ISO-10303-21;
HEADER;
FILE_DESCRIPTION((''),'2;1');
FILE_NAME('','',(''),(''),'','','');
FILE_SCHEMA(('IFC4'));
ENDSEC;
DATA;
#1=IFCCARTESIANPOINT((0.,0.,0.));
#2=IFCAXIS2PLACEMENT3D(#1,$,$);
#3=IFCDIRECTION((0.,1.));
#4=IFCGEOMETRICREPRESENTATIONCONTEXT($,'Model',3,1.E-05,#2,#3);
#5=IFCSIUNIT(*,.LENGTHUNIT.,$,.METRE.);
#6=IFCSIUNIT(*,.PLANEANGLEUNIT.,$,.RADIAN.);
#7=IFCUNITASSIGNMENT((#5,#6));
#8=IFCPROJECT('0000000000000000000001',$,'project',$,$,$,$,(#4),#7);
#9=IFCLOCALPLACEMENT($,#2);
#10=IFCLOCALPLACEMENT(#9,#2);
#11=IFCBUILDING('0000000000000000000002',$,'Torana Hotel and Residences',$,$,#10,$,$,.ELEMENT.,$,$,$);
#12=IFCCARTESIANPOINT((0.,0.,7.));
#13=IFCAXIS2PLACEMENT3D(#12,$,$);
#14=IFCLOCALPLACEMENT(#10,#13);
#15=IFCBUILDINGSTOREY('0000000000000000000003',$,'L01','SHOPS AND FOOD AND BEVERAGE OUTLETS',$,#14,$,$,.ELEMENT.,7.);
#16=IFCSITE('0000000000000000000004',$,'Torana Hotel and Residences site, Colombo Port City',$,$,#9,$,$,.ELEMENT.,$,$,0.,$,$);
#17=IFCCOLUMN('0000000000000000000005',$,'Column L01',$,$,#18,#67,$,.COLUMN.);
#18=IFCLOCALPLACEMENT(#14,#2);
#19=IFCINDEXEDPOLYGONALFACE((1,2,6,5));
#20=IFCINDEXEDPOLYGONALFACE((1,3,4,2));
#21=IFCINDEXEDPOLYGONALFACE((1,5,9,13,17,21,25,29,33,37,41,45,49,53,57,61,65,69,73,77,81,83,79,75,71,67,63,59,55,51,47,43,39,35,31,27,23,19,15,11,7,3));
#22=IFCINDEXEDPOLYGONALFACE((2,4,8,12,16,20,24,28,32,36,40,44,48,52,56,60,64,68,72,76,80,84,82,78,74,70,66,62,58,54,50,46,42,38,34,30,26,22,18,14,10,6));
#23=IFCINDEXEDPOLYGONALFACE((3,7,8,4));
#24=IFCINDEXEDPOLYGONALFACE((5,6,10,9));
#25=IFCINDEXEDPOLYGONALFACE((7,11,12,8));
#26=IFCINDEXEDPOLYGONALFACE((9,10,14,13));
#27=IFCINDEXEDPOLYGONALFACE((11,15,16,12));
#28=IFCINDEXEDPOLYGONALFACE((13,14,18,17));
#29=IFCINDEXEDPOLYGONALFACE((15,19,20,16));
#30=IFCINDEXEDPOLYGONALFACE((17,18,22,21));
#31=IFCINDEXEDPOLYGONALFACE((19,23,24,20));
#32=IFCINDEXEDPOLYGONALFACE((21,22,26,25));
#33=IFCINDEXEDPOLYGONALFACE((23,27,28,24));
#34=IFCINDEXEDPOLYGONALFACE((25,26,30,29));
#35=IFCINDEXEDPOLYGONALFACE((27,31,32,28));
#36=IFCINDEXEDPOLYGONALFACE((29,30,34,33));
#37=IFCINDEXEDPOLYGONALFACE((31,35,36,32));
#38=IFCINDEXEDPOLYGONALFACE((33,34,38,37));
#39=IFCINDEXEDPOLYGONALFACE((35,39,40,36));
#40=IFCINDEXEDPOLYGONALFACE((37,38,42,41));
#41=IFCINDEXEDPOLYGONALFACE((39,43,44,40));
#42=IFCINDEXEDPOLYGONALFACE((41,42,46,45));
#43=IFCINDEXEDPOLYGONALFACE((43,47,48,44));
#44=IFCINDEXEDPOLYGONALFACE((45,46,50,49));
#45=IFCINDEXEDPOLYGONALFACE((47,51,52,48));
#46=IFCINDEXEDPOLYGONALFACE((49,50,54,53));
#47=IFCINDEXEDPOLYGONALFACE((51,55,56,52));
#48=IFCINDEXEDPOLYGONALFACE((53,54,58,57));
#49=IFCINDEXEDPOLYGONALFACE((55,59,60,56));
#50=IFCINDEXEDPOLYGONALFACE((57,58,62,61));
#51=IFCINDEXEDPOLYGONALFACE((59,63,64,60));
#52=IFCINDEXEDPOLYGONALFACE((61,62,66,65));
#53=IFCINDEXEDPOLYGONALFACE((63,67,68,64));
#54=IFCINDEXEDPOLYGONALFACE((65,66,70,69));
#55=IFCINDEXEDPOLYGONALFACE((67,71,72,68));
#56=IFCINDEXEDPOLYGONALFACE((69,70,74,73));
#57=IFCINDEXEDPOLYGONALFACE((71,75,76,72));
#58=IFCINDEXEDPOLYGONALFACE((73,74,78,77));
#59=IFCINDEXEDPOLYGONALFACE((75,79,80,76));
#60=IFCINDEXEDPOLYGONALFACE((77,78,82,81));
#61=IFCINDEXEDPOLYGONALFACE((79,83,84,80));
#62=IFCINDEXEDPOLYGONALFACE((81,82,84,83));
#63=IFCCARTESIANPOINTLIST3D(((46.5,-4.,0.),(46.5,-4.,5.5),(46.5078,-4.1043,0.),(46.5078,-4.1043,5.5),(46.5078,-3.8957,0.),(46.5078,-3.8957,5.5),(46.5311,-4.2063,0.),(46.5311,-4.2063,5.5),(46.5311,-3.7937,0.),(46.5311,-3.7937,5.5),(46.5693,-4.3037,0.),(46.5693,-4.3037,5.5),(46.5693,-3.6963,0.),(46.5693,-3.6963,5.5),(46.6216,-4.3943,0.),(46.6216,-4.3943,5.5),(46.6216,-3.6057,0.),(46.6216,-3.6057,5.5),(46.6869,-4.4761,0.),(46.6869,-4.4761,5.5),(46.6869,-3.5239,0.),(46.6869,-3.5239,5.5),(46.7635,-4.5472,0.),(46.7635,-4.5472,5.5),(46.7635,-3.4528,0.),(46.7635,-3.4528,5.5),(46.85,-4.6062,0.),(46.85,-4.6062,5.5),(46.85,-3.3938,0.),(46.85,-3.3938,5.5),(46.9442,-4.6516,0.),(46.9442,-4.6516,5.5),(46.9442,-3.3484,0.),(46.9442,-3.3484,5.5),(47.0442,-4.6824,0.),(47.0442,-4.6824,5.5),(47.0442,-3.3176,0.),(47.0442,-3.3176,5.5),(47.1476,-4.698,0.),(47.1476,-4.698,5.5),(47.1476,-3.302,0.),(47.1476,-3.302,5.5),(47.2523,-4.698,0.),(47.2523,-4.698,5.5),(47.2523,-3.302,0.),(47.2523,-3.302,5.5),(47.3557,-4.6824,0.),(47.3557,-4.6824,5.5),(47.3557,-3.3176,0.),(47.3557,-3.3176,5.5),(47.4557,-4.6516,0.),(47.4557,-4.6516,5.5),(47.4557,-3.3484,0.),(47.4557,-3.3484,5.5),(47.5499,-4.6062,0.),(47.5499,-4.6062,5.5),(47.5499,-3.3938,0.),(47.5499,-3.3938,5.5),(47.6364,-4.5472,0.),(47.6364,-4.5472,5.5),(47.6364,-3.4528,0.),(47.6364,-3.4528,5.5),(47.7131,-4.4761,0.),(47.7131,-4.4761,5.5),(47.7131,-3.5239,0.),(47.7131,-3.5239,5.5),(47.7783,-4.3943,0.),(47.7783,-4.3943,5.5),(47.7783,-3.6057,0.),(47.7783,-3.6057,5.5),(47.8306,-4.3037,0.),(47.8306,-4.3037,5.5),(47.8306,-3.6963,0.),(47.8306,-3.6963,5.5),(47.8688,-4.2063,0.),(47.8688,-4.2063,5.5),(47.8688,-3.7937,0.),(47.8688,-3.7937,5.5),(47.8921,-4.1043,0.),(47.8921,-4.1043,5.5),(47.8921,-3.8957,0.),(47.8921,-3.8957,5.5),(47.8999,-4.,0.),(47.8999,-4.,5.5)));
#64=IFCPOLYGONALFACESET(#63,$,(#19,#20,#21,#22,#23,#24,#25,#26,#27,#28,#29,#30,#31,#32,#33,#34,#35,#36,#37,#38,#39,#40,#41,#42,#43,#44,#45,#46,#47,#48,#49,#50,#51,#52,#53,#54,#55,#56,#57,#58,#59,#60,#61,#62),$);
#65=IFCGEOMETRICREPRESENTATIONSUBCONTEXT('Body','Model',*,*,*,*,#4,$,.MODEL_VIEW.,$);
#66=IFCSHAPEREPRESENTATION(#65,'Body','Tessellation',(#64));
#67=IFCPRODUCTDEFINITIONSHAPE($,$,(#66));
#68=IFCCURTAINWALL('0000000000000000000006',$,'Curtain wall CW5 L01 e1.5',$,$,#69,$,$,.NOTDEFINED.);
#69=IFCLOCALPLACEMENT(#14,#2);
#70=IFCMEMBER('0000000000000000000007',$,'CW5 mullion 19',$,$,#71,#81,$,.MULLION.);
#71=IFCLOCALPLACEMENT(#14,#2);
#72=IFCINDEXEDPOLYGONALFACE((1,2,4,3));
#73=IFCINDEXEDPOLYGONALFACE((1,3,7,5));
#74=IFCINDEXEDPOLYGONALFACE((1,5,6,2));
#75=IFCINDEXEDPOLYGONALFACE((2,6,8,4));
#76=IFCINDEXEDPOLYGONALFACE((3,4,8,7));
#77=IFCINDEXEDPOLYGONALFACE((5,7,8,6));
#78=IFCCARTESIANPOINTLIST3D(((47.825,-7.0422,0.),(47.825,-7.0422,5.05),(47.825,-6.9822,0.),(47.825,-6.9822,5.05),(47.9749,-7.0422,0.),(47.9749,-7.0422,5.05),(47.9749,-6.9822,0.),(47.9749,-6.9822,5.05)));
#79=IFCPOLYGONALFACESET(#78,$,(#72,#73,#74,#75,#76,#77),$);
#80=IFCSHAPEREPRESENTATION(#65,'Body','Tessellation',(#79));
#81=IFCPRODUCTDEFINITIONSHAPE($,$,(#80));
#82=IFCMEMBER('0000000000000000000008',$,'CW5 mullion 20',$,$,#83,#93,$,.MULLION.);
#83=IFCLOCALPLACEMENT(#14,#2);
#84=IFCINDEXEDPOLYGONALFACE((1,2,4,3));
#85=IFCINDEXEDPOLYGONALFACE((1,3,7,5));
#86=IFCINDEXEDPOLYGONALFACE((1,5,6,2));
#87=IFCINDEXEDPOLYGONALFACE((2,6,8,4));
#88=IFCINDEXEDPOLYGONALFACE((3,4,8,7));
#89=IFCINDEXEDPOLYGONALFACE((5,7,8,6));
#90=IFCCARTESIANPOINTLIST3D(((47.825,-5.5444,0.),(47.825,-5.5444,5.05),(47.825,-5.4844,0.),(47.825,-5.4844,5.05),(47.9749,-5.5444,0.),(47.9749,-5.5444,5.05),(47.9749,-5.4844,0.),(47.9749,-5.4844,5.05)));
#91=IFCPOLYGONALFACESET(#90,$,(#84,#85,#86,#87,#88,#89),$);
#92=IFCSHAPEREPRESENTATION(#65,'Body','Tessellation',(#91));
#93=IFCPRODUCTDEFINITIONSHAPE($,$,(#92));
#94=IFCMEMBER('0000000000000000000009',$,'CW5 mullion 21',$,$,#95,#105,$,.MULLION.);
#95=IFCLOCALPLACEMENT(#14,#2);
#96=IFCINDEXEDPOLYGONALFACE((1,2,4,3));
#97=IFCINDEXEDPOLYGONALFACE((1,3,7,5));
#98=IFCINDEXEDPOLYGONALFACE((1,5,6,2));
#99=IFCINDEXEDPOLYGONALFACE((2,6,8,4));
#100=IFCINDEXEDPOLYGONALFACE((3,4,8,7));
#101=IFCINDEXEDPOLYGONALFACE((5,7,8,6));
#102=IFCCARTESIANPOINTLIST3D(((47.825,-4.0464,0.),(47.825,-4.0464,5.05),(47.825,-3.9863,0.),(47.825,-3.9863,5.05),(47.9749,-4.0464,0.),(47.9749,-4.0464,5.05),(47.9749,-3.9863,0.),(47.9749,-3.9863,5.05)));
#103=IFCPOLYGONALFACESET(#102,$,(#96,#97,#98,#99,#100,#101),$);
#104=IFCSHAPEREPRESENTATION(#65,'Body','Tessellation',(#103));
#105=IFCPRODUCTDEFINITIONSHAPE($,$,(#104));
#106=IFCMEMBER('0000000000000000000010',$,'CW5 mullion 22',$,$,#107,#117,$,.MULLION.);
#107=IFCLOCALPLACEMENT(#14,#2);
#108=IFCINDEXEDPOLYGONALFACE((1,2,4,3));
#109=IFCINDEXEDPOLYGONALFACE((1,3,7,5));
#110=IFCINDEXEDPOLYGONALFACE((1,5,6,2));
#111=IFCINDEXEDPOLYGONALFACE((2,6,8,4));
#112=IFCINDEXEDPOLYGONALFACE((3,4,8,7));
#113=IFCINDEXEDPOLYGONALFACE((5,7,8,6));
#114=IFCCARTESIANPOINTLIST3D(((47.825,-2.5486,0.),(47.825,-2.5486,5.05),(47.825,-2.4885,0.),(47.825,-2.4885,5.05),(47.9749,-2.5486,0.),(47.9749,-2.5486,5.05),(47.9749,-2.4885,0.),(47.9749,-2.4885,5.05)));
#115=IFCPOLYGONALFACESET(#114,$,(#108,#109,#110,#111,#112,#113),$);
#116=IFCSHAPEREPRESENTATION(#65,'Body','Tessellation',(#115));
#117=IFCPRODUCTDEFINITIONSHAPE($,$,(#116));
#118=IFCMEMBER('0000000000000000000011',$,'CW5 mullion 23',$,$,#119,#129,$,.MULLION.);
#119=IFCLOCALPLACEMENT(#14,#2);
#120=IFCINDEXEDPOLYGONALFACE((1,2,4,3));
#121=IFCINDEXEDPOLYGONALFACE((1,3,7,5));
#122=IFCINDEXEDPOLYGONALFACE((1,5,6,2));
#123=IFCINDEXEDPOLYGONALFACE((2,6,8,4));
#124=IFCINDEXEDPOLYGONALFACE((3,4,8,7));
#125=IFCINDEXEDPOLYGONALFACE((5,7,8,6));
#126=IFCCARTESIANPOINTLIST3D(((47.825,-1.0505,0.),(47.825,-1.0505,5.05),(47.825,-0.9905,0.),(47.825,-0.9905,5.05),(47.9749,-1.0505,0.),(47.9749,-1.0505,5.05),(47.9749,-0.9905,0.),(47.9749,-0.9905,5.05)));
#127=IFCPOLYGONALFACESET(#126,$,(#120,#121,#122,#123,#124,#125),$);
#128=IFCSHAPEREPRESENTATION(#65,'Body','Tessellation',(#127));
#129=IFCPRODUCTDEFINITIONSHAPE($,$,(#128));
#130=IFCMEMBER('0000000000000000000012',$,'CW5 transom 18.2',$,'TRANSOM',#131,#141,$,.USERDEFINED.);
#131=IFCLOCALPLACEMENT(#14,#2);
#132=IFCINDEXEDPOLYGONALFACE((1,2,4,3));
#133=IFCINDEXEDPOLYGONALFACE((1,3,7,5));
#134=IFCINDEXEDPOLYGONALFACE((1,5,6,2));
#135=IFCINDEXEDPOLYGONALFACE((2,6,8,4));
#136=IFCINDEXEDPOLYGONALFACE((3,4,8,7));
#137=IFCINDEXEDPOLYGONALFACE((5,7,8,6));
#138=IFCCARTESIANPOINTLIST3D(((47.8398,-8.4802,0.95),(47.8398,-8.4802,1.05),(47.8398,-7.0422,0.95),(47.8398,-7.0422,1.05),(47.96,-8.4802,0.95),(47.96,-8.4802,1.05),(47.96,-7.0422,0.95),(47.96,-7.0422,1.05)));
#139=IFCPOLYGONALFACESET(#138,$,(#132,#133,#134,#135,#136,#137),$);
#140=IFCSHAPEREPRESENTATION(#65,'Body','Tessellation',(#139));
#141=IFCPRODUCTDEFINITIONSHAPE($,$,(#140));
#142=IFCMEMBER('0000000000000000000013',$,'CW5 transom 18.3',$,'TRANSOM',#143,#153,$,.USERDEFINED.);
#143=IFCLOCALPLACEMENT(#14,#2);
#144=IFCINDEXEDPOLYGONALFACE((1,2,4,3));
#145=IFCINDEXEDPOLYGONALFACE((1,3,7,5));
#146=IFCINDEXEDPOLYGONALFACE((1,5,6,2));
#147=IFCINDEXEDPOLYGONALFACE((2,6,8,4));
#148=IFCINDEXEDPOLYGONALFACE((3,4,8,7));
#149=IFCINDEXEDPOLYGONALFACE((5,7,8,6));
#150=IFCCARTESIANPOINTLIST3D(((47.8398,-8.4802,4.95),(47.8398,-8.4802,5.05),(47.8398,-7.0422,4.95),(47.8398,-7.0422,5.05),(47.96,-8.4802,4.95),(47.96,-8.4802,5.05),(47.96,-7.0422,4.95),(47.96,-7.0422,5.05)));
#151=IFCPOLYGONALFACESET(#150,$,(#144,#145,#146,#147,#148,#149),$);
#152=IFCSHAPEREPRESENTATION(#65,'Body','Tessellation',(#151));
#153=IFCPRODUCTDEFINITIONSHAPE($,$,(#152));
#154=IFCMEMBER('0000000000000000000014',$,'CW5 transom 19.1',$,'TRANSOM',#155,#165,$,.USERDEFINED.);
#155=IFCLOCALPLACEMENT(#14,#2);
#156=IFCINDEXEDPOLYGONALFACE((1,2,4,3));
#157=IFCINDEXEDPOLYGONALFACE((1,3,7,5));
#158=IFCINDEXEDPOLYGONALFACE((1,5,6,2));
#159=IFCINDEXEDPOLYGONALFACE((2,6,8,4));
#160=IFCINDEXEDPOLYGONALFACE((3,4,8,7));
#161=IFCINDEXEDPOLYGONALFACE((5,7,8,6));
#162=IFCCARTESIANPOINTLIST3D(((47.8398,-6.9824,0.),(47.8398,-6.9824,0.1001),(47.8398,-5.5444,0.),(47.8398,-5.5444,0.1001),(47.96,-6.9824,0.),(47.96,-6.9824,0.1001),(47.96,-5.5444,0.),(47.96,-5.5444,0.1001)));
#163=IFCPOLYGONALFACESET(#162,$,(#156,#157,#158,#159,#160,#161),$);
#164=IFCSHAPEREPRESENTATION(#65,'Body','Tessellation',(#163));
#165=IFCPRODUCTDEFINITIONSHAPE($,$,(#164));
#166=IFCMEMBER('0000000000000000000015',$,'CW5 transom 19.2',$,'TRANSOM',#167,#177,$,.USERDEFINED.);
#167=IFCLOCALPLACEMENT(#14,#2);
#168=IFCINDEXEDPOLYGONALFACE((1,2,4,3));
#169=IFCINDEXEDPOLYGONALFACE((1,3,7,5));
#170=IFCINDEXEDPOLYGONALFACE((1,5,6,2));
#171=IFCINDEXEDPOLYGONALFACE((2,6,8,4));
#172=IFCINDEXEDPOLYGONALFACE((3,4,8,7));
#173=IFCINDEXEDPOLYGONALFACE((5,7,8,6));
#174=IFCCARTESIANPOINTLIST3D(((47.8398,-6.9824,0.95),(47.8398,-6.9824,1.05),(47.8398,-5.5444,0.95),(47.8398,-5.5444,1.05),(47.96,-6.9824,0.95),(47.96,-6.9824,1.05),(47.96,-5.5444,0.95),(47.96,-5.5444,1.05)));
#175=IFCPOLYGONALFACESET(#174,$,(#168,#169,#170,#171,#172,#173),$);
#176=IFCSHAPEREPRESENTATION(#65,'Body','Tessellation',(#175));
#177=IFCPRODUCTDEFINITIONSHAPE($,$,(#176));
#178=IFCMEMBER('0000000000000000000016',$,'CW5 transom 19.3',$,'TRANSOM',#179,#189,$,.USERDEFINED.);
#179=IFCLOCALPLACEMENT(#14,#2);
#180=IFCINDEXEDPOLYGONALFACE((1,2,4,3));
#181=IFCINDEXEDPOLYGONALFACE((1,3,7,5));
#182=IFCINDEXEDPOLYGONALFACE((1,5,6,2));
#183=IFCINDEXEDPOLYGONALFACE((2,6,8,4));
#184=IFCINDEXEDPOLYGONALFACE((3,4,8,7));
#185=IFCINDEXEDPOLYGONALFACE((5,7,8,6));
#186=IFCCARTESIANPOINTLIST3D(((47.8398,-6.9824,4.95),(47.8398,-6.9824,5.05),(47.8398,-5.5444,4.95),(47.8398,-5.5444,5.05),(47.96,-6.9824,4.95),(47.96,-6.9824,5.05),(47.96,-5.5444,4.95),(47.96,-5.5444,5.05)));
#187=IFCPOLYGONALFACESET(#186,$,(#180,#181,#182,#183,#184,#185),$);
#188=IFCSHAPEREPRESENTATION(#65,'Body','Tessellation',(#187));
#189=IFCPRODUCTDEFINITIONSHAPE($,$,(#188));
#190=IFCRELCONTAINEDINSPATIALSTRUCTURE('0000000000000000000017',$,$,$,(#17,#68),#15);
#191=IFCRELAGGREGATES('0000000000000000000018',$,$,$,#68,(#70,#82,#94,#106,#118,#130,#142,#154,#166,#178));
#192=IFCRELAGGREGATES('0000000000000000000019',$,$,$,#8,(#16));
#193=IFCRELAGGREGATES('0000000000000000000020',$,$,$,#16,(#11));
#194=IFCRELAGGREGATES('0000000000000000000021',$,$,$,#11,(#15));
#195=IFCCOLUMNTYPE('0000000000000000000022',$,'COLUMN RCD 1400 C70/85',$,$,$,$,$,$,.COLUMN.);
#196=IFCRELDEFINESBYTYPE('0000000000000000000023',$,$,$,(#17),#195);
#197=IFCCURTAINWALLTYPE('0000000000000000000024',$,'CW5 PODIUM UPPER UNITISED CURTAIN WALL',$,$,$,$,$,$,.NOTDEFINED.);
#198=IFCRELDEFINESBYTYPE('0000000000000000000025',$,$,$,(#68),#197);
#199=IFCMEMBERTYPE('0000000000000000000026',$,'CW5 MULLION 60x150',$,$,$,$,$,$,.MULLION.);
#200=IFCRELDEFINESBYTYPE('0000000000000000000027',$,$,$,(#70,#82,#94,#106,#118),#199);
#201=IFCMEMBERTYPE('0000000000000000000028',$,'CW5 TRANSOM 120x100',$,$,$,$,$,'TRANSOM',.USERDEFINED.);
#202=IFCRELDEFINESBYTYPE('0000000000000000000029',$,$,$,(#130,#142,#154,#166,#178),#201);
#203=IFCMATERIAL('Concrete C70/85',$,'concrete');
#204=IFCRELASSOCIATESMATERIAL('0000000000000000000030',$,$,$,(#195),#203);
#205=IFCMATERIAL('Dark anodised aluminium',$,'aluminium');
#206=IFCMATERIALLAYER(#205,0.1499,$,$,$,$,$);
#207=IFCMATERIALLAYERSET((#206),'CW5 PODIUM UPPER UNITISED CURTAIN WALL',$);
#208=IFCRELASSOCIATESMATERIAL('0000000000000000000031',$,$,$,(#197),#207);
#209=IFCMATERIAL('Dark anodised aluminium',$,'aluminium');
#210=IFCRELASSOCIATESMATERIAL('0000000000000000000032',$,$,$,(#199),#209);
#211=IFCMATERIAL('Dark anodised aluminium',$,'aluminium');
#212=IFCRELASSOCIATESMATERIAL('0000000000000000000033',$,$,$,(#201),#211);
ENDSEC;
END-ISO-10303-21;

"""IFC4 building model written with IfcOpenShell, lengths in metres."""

from ifc_helpers import new_model, si_unit, direction, frame, origin, origin_2d, place, context, subcontext, project, spatial, rectangle, circle, extrude, material, layer, layer_set, material_profile, profile_set, type_object, element, aggregate, save


model = new_model("IFC4")

# Units and contexts
model_context = context("Model", 3, precision=1e-05, world=origin(), true_north=direction((0.0, 1.0)))
body_context = subcontext(model_context, "Body", "Model", "MODEL_VIEW")
ifc_project = project(units=[si_unit("LENGTHUNIT", "METRE"), si_unit("PLANEANGLEUNIT", "RADIAN")], contexts=[model_context])

# Site, building, storey
site_placement = place(None, origin())
site = spatial("IfcSite", under=ifc_project, at=site_placement, Name="Torana Hotel and Residences site, Colombo Port City", CompositionType="ELEMENT", RefElevation=0.0)
building_placement = place(site_placement, origin())
building = spatial("IfcBuilding", under=site, at=building_placement, Name="Torana Hotel and Residences", CompositionType="ELEMENT")
storey_placement = place(building_placement, frame((0.0, 0.0, 7.0)))
storey = spatial("IfcBuildingStorey", under=building, at=storey_placement, Name="L01", Description="SHOPS AND FOOD AND BEVERAGE OUTLETS", CompositionType="ELEMENT", Elevation=7.0)

# Column
ifc_material_1 = material(Name="Concrete C70/85", Category="concrete")
ifc_material_profile_1 = material_profile(ifc_material_1, circle(Radius=0.7, at=origin_2d()), Name="RCD 1400")
ifc_profile_set_1 = profile_set([ifc_material_profile_1], Name="Concrete C70/85")
column_type = type_object("IfcColumnType", Name="COLUMN RCD 1400 C70/85", PredefinedType="COLUMN", material=ifc_profile_set_1)
column_placement = place(storey_placement, frame((47.2, -4.0, 0.0), z_axis=(0.0, 0.0, 1.0), x_axis=(1.0, 0.0, 0.0)))
element("IfcColumn", 1, at=column_placement, inside=storey, type_object=column_type, Name="Column L01", PredefinedType="COLUMN", context=body_context, shape_type="SweptSolid", body=[
    extrude(circle(Radius=0.7, at=origin_2d()), origin(), (0.0, 0.0, 1.0), 5.5),
])

# Curtain wall, members
ifc_material_2 = material(Name="Dark anodised aluminium", Category="aluminium")
ifc_layer_1 = layer(ifc_material_2, 0.1499)
ifc_layer_set_1 = layer_set([ifc_layer_1], Name="CW5 PODIUM UPPER UNITISED CURTAIN WALL")
curtain_wall_type = type_object("IfcCurtainWallType", Name="CW5 PODIUM UPPER UNITISED CURTAIN WALL", PredefinedType="NOTDEFINED", material=ifc_layer_set_1)
curtain_wall_placement = place(storey_placement, origin())
curtain_wall = element("IfcCurtainWall", 2, at=curtain_wall_placement, inside=storey, type_object=curtain_wall_type, Name="Curtain wall CW5 L01 e1.5", PredefinedType="NOTDEFINED")
ifc_material_3 = material(Name="Dark anodised aluminium", Category="aluminium")
ifc_material_profile_2 = material_profile(ifc_material_3, rectangle(XDim=0.1499, YDim=0.0601, at=origin_2d()), Name="CW5 MULLION 60x150")
ifc_profile_set_2 = profile_set([ifc_material_profile_2], Name="Dark anodised aluminium")
member_type_1 = type_object("IfcMemberType", Name="CW5 MULLION 60x150", PredefinedType="MULLION", material=ifc_profile_set_2)
member_1_placement = place(storey_placement, frame((47.8999, -7.0122, 0.0), z_axis=(0.0, 0.0, 1.0), x_axis=(-1.0, 0.0, 0.0)))
member_1 = element("IfcMember", 3, at=member_1_placement, type_object=member_type_1, Name="CW5 mullion 19", PredefinedType="MULLION", context=body_context, shape_type="SweptSolid", body=[
    extrude(rectangle(XDim=0.1499, YDim=0.0601, at=origin_2d()), origin(), (0.0, 0.0, 1.0), 5.05),
])
member_2_placement = place(storey_placement, frame((47.8999, -5.5144, 0.0), z_axis=(0.0, 0.0, 1.0), x_axis=(-1.0, 0.0, 0.0)))
member_2 = element("IfcMember", 4, at=member_2_placement, type_object=member_type_1, Name="CW5 mullion 20", PredefinedType="MULLION", context=body_context, shape_type="SweptSolid", body=[
    extrude(rectangle(XDim=0.1499, YDim=0.0601, at=origin_2d()), origin(), (0.0, 0.0, 1.0), 5.05),
])
member_3_placement = place(storey_placement, frame((47.8999, -4.0164, 0.0), z_axis=(0.0, 0.0, 1.0), x_axis=(-1.0, 0.0, 0.0)))
member_3 = element("IfcMember", 5, at=member_3_placement, type_object=member_type_1, Name="CW5 mullion 21", PredefinedType="MULLION", context=body_context, shape_type="SweptSolid", body=[
    extrude(rectangle(XDim=0.1499, YDim=0.0601, at=origin_2d()), origin(), (0.0, 0.0, 1.0), 5.05),
])
member_4_placement = place(storey_placement, frame((47.8999, -2.5186, 0.0), z_axis=(0.0, 0.0, 1.0), x_axis=(-1.0, 0.0, 0.0)))
member_4 = element("IfcMember", 6, at=member_4_placement, type_object=member_type_1, Name="CW5 mullion 22", PredefinedType="MULLION", context=body_context, shape_type="SweptSolid", body=[
    extrude(rectangle(XDim=0.1499, YDim=0.0601, at=origin_2d()), origin(), (0.0, 0.0, 1.0), 5.05),
])
member_5_placement = place(storey_placement, frame((47.8999, -1.0205, 0.0), z_axis=(0.0, 0.0, 1.0), x_axis=(-1.0, 0.0, 0.0)))
member_5 = element("IfcMember", 7, at=member_5_placement, type_object=member_type_1, Name="CW5 mullion 23", PredefinedType="MULLION", context=body_context, shape_type="SweptSolid", body=[
    extrude(rectangle(XDim=0.1499, YDim=0.0601, at=origin_2d()), origin(), (0.0, 0.0, 1.0), 5.05),
])
ifc_material_4 = material(Name="Dark anodised aluminium", Category="aluminium")
ifc_material_profile_3 = material_profile(ifc_material_4, rectangle(XDim=0.1201, YDim=0.1001, at=origin_2d()), Name="CW5 TRANSOM 120x100")
ifc_profile_set_3 = profile_set([ifc_material_profile_3], Name="Dark anodised aluminium")
member_type_2 = type_object("IfcMemberType", Name="CW5 TRANSOM 120x100", ElementType="TRANSOM", PredefinedType="USERDEFINED", material=ifc_profile_set_3)
member_6_placement = place(storey_placement, frame((47.8999, -8.4802, 1.0), z_axis=(0.0, 1.0, 0.0), x_axis=(-1.0, 0.0, 0.0)))
member_6 = element("IfcMember", 8, at=member_6_placement, type_object=member_type_2, Name="CW5 transom 18.2", ObjectType="TRANSOM", PredefinedType="USERDEFINED", context=body_context, shape_type="SweptSolid", body=[
    extrude(rectangle(XDim=0.1201, YDim=0.1001, at=origin_2d()), origin(), (0.0, 0.0, 1.0), 1.438),
])
member_7_placement = place(storey_placement, frame((47.8999, -8.4802, 5.0), z_axis=(0.0, 1.0, 0.0), x_axis=(-1.0, 0.0, 0.0)))
member_7 = element("IfcMember", 9, at=member_7_placement, type_object=member_type_2, Name="CW5 transom 18.3", ObjectType="TRANSOM", PredefinedType="USERDEFINED", context=body_context, shape_type="SweptSolid", body=[
    extrude(rectangle(XDim=0.1201, YDim=0.1001, at=origin_2d()), origin(), (0.0, 0.0, 1.0), 1.438),
])
member_8_placement = place(storey_placement, frame((47.8999, -6.9824, 0.05), z_axis=(0.0, 1.0, 0.0), x_axis=(-1.0, 0.0, 0.0)))
member_8 = element("IfcMember", 10, at=member_8_placement, type_object=member_type_2, Name="CW5 transom 19.1", ObjectType="TRANSOM", PredefinedType="USERDEFINED", context=body_context, shape_type="SweptSolid", body=[
    extrude(rectangle(XDim=0.1201, YDim=0.1001, at=origin_2d()), origin(), (0.0, 0.0, 1.0), 1.438),
])
member_9_placement = place(storey_placement, frame((47.8999, -6.9824, 1.0), z_axis=(0.0, 1.0, 0.0), x_axis=(-1.0, 0.0, 0.0)))
member_9 = element("IfcMember", 11, at=member_9_placement, type_object=member_type_2, Name="CW5 transom 19.2", ObjectType="TRANSOM", PredefinedType="USERDEFINED", context=body_context, shape_type="SweptSolid", body=[
    extrude(rectangle(XDim=0.1201, YDim=0.1001, at=origin_2d()), origin(), (0.0, 0.0, 1.0), 1.438),
])
member_10_placement = place(storey_placement, frame((47.8999, -6.9824, 5.0), z_axis=(0.0, 1.0, 0.0), x_axis=(-1.0, 0.0, 0.0)))
member_10 = element("IfcMember", 12, at=member_10_placement, type_object=member_type_2, Name="CW5 transom 19.3", ObjectType="TRANSOM", PredefinedType="USERDEFINED", context=body_context, shape_type="SweptSolid", body=[
    extrude(rectangle(XDim=0.1201, YDim=0.1001, at=origin_2d()), origin(), (0.0, 0.0, 1.0), 1.438),
])
aggregate(curtain_wall, [member_1, member_2, member_3, member_4, member_5, member_6, member_7, member_8, member_9, member_10])

save(model, "model.ifc")
